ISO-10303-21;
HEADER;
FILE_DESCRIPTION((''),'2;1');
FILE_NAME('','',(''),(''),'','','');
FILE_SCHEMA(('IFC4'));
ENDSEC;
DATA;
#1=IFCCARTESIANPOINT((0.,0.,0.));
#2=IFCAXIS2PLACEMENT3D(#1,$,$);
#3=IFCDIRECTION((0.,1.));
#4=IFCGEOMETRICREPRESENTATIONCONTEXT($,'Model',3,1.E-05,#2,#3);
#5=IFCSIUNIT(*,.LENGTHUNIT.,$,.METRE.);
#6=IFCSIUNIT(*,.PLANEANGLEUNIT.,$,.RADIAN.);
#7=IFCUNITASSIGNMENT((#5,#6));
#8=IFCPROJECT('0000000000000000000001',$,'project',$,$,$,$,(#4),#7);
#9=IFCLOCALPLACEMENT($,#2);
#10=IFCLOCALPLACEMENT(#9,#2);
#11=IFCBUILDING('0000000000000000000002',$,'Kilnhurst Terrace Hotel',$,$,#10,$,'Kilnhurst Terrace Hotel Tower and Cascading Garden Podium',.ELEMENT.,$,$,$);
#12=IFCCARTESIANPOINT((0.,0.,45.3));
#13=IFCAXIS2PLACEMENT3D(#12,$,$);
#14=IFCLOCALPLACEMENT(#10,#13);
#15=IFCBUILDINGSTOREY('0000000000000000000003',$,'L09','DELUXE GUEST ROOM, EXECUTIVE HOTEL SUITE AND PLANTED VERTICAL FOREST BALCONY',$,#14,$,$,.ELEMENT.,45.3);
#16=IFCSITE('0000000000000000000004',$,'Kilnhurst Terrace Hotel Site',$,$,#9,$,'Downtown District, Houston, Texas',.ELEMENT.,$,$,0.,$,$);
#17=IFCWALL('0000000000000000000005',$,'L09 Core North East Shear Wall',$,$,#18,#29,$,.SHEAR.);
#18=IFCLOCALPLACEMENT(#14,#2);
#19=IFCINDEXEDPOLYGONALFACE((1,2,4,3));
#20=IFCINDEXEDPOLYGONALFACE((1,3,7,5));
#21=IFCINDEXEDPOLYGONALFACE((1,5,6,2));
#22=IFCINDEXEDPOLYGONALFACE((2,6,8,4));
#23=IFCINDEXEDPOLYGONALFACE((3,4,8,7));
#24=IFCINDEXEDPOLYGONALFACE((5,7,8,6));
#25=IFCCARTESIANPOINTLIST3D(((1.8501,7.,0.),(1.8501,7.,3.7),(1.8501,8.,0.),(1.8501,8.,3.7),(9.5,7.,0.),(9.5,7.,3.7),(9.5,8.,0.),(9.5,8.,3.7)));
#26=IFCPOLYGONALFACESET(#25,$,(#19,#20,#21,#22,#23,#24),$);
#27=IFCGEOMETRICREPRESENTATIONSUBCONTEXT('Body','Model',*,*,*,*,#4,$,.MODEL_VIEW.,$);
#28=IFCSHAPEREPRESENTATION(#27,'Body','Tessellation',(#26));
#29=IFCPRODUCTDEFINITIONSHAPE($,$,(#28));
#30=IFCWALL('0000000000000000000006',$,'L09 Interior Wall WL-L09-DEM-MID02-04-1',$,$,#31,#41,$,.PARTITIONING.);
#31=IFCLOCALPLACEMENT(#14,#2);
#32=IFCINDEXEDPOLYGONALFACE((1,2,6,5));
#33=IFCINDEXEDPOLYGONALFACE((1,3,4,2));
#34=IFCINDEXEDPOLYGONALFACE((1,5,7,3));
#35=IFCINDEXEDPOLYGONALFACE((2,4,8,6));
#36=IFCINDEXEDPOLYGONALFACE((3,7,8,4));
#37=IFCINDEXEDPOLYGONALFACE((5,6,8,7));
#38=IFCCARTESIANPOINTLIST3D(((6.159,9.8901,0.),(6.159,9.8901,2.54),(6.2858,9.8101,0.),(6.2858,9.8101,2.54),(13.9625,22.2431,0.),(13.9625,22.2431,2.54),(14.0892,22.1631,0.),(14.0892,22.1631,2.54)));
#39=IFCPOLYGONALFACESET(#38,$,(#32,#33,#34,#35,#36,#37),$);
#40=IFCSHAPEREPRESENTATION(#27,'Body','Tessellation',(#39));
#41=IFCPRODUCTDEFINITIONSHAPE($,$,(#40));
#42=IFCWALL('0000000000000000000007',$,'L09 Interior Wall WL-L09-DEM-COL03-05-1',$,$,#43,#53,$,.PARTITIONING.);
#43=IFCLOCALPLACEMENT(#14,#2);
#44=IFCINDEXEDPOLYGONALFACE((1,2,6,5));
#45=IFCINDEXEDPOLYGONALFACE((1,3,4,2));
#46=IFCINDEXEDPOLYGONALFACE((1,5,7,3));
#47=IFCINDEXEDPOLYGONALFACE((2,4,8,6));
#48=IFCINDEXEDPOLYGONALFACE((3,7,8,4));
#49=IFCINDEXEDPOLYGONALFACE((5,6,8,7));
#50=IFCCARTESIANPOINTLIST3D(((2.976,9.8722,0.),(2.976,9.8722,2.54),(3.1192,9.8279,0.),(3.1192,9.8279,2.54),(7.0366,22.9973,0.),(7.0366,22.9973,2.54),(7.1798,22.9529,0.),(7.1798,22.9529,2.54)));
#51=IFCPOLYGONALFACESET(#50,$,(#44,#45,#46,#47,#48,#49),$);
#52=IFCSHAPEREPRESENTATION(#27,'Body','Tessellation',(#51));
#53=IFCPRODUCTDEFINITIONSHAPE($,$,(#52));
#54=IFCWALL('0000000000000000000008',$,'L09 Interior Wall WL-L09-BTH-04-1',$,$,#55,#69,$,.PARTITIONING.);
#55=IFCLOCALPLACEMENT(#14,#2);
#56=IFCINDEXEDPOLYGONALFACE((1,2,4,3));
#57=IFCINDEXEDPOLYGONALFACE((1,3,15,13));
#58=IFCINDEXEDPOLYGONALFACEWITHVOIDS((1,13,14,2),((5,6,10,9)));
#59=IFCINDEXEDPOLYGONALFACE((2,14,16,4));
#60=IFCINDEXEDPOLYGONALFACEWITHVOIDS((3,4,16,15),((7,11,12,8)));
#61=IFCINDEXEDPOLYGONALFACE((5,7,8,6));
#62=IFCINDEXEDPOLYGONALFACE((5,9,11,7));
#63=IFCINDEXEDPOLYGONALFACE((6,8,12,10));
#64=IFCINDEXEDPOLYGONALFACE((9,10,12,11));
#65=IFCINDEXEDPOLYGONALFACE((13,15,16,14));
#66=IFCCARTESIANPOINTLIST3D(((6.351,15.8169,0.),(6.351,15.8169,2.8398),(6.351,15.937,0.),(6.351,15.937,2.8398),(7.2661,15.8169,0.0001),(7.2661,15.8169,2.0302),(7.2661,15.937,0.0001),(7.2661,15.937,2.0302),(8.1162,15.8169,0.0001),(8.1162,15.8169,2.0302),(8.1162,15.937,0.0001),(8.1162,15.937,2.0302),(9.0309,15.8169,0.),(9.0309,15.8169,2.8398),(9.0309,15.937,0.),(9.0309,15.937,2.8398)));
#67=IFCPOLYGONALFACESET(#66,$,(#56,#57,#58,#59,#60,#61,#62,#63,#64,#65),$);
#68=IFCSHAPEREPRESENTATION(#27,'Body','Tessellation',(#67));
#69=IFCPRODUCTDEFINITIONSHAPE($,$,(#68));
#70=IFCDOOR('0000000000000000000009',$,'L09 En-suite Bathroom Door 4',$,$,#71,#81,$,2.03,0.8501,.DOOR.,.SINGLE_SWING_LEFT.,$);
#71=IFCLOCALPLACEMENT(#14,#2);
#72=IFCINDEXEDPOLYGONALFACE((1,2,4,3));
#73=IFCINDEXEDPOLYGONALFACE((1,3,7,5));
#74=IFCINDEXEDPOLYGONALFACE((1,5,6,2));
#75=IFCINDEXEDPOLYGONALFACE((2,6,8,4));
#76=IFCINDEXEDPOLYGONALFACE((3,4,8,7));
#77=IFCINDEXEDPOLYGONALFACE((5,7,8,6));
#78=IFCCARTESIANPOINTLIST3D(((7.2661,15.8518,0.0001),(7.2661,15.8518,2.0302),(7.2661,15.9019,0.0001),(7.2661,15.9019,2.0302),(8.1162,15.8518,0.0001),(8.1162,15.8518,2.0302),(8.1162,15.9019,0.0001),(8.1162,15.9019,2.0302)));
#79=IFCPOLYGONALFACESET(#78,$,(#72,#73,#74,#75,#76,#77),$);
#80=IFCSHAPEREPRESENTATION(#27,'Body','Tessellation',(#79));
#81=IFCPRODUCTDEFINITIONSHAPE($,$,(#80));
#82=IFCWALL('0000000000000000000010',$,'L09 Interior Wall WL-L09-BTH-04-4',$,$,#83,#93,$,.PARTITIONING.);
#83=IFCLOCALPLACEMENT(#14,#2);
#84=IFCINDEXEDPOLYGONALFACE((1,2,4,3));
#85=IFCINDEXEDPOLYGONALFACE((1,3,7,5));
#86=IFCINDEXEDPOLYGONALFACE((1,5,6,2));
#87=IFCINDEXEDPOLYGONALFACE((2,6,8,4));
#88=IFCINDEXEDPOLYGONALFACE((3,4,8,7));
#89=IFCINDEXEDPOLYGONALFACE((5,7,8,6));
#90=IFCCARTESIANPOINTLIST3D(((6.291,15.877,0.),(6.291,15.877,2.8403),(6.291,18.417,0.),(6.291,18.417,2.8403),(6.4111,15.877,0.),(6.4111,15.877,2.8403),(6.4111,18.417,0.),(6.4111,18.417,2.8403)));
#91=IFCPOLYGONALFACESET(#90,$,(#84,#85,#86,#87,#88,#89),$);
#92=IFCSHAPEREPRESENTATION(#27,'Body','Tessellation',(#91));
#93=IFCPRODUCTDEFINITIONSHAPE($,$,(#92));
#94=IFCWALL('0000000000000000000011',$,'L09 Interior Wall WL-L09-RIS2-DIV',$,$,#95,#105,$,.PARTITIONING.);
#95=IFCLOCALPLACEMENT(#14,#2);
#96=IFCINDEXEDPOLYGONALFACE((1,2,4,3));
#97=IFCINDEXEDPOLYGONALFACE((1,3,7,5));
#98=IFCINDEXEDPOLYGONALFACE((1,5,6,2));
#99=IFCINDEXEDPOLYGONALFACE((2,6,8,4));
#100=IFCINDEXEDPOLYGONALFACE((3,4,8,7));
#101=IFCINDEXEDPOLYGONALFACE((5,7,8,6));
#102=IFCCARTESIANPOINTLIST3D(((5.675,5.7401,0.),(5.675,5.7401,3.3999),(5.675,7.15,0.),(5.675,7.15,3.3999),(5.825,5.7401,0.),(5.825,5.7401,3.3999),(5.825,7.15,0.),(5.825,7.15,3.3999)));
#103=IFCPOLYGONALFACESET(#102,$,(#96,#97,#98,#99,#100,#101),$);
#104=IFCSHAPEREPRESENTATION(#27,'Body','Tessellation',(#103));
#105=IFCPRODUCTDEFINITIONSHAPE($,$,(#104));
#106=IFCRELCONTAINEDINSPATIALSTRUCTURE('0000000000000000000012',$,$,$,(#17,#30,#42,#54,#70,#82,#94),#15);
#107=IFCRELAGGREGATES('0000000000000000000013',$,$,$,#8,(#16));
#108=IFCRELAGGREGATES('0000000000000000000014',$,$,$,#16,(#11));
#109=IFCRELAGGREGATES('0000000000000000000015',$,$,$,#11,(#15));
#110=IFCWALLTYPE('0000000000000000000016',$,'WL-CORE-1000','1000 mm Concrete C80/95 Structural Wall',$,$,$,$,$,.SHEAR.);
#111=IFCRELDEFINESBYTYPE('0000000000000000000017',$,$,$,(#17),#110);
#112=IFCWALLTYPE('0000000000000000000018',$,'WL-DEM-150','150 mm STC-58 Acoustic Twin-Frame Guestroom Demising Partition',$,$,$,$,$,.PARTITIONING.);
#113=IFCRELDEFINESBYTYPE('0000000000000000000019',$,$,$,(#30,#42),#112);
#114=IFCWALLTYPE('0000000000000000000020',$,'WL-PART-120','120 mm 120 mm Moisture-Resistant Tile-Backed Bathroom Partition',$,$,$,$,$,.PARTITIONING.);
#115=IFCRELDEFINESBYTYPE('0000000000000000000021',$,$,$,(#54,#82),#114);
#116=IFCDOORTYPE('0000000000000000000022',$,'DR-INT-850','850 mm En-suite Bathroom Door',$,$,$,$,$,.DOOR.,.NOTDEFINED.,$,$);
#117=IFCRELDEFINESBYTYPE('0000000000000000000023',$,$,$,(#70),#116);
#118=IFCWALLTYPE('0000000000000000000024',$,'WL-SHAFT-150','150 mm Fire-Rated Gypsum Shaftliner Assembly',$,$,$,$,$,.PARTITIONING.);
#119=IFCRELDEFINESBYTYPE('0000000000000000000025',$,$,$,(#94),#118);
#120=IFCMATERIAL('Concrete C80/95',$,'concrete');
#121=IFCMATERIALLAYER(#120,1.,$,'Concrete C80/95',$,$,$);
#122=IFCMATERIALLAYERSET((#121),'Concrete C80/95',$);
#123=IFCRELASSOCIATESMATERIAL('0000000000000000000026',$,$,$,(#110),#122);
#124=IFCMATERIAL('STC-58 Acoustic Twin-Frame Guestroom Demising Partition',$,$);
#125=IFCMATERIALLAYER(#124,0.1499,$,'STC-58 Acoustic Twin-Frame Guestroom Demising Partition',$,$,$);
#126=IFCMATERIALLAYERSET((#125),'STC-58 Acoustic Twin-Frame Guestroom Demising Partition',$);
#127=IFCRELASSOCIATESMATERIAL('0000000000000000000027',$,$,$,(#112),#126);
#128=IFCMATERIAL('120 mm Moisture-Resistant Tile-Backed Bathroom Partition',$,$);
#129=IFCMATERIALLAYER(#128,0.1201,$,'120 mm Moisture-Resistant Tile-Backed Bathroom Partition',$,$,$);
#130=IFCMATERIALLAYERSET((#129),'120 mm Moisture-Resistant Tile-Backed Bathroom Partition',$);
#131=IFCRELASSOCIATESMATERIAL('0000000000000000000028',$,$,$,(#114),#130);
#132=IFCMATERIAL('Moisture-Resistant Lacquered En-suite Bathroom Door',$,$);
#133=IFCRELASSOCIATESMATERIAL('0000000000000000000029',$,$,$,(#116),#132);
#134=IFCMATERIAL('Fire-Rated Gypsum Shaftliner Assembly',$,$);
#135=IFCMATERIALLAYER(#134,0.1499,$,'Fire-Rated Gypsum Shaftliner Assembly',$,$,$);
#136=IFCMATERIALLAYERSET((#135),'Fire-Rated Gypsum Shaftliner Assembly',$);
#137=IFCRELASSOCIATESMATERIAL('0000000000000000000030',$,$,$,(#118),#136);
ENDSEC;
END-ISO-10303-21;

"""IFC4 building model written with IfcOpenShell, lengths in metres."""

from ifc_helpers import new_model, si_unit, direction, frame, frame_2d, origin, place, context, subcontext, project, spatial, rectangle, extrude, material, layer, layer_set, type_object, element, fill, save


model = new_model("IFC4")

# Units and contexts
model_context = context("Model", 3, precision=1e-05, world=origin(), true_north=direction((0.0, 1.0)))
body_context = subcontext(model_context, "Body", "Model", "MODEL_VIEW")
ifc_project = project(units=[si_unit("LENGTHUNIT", "METRE"), si_unit("PLANEANGLEUNIT", "RADIAN")], contexts=[model_context])

# Site, building, storey
site_placement = place(None, origin())
site = spatial("IfcSite", under=ifc_project, at=site_placement, Name="Kilnhurst Terrace Hotel Site", LongName="Downtown District, Houston, Texas", CompositionType="ELEMENT", RefElevation=0.0)
building_placement = place(site_placement, origin())
building = spatial("IfcBuilding", under=site, at=building_placement, Name="Kilnhurst Terrace Hotel", LongName="Kilnhurst Terrace Hotel Tower and Cascading Garden Podium", CompositionType="ELEMENT")
storey_placement = place(building_placement, frame((0.0, 0.0, 45.3)))
storey = spatial("IfcBuildingStorey", under=building, at=storey_placement, Name="L09", Description="DELUXE GUEST ROOM, EXECUTIVE HOTEL SUITE AND PLANTED VERTICAL FOREST BALCONY", CompositionType="ELEMENT", Elevation=45.3)

# Shared definitions
ifc_material_1 = material(Name="Concrete C80/95", Category="concrete")

# Walls
ifc_layer_1 = layer(ifc_material_1, 1.0, Name="Concrete C80/95")
ifc_layer_set_1 = layer_set([ifc_layer_1], Name="Concrete C80/95")
wall_type_1 = type_object("IfcWallType", Name="WL-CORE-1000", Description="1000 mm Concrete C80/95 Structural Wall", PredefinedType="SHEAR", material=ifc_layer_set_1)
wall_1_placement = place(storey_placement, frame((1.8501, 7.5, 0.0), z_axis=(0.0, 0.0, 1.0), x_axis=(1.0, 0.0, 0.0)))
element("IfcWall", 1, at=wall_1_placement, inside=storey, type_object=wall_type_1, Name="L09 Core North East Shear Wall", PredefinedType="SHEAR", context=body_context, shape_type="SweptSolid", body=[
    extrude(rectangle(XDim=7.6499, YDim=1.0, at=frame_2d((3.825, 0.0))), origin(), (0.0, 0.0, 1.0), 3.7),
])
ifc_material_2 = material(Name="STC-58 Acoustic Twin-Frame Guestroom Demising Partition")
ifc_layer_2 = layer(ifc_material_2, 0.1499, Name="STC-58 Acoustic Twin-Frame Guestroom Demising Partition")
ifc_layer_set_2 = layer_set([ifc_layer_2], Name="STC-58 Acoustic Twin-Frame Guestroom Demising Partition")
wall_type_2 = type_object("IfcWallType", Name="WL-DEM-150", Description="150 mm STC-58 Acoustic Twin-Frame Guestroom Demising Partition", PredefinedType="PARTITIONING", material=ifc_layer_set_2)
wall_2_placement = place(storey_placement, frame((6.2224, 9.8501, 0.0), z_axis=(0.0, 0.0, 1.0), x_axis=(0.534069, 0.845441, 0.0)))
element("IfcWall", 2, at=wall_2_placement, inside=storey, type_object=wall_type_2, Name="L09 Interior Wall WL-L09-DEM-MID02-04-1", PredefinedType="PARTITIONING", context=body_context, shape_type="SweptSolid", body=[
    extrude(rectangle(XDim=14.6113, YDim=0.1499, at=frame_2d((7.3057, 0.0))), origin(), (0.0, 0.0, 1.0), 2.54),
])
wall_3_placement = place(storey_placement, frame((3.0476, 9.8501, 0.0), z_axis=(0.0, 0.0, 1.0), x_axis=(0.295554, 0.955326, 0.0)))
element("IfcWall", 3, at=wall_3_placement, inside=storey, type_object=wall_type_2, Name="L09 Interior Wall WL-L09-DEM-COL03-05-1", PredefinedType="PARTITIONING", context=body_context, shape_type="SweptSolid", body=[
    extrude(rectangle(XDim=13.7388, YDim=0.1499, at=frame_2d((6.8694, 0.0))), origin(), (0.0, 0.0, 1.0), 2.54),
])

# Wall, opening, door
ifc_material_3 = material(Name="120 mm Moisture-Resistant Tile-Backed Bathroom Partition")
ifc_layer_3 = layer(ifc_material_3, 0.1201, Name="120 mm Moisture-Resistant Tile-Backed Bathroom Partition")
ifc_layer_set_3 = layer_set([ifc_layer_3], Name="120 mm Moisture-Resistant Tile-Backed Bathroom Partition")
wall_type_3 = type_object("IfcWallType", Name="WL-PART-120", Description="120 mm 120 mm Moisture-Resistant Tile-Backed Bathroom Partition", PredefinedType="PARTITIONING", material=ifc_layer_set_3)
wall_4_placement = place(storey_placement, frame((6.3511, 15.877, 0.0), z_axis=(0.0, 0.0, 1.0), x_axis=(1.0, 0.0, 0.0)))
wall_4 = element("IfcWall", 4, at=wall_4_placement, inside=storey, type_object=wall_type_3, Name="L09 Interior Wall WL-L09-BTH-04-1", PredefinedType="PARTITIONING", context=body_context, shape_type="SweptSolid", body=[
    extrude(rectangle(XDim=2.6799, YDim=0.1201, at=frame_2d((1.3398, 0.0))), origin(), (0.0, 0.0, 1.0), 2.8398),
])
opening_placement = place(wall_4_placement, frame((0.915, 0.0, 0.0)))
opening = element("IfcOpeningElement", 5, at=opening_placement, cuts=wall_4, PredefinedType="OPENING", context=body_context, shape_type="SweptSolid", body=[
    extrude(rectangle(XDim=0.8501, YDim=2.03, at=frame_2d((0.425, 1.0151))), frame((0.0, 0.0701, 0.0), z_axis=(0.0, -1.0, 0.0), x_axis=(1.0, 0.0, 0.0)), (0.0, 0.0, 1.0), 0.1401),
])
ifc_material_4 = material(Name="Moisture-Resistant Lacquered En-suite Bathroom Door")
door_type = type_object("IfcDoorType", Name="DR-INT-850", Description="850 mm En-suite Bathroom Door", OperationType="NOTDEFINED", PredefinedType="DOOR", material=ifc_material_4)
door_placement = place(opening_placement, origin())
door = element("IfcDoor", 6, at=door_placement, inside=storey, type_object=door_type, Name="L09 En-suite Bathroom Door 4", OperationType="SINGLE_SWING_LEFT", OverallHeight=2.03, OverallWidth=0.8501, PredefinedType="DOOR", context=body_context, shape_type="SweptSolid", body=[
    extrude(rectangle(XDim=0.8501, YDim=2.03, at=frame_2d((0.425, 1.0151))), frame((0.0, 0.0249, 0.0), z_axis=(0.0, -1.0, 0.0), x_axis=(1.0, 0.0, 0.0)), (0.0, 0.0, 1.0), 0.05),
])
fill(opening, door)

# Walls
wall_5_placement = place(storey_placement, frame((6.3511, 18.417, 0.0), z_axis=(0.0, 0.0, 1.0), x_axis=(0.0, -1.0, 0.0)))
element("IfcWall", 7, at=wall_5_placement, inside=storey, type_object=wall_type_3, Name="L09 Interior Wall WL-L09-BTH-04-4", PredefinedType="PARTITIONING", context=body_context, shape_type="SweptSolid", body=[
    extrude(rectangle(XDim=2.54, YDim=0.1201, at=frame_2d((1.27, 0.0))), origin(), (0.0, 0.0, 1.0), 2.8403),
])
ifc_material_5 = material(Name="Fire-Rated Gypsum Shaftliner Assembly")
ifc_layer_4 = layer(ifc_material_5, 0.1499, Name="Fire-Rated Gypsum Shaftliner Assembly")
ifc_layer_set_4 = layer_set([ifc_layer_4], Name="Fire-Rated Gypsum Shaftliner Assembly")
wall_type_4 = type_object("IfcWallType", Name="WL-SHAFT-150", Description="150 mm Fire-Rated Gypsum Shaftliner Assembly", PredefinedType="PARTITIONING", material=ifc_layer_set_4)
wall_6_placement = place(storey_placement, frame((5.75, 5.74, 0.0), z_axis=(0.0, 0.0, 1.0), x_axis=(0.0, 1.0, 0.0)))
element("IfcWall", 8, at=wall_6_placement, inside=storey, type_object=wall_type_4, Name="L09 Interior Wall WL-L09-RIS2-DIV", PredefinedType="PARTITIONING", context=body_context, shape_type="SweptSolid", body=[
    extrude(rectangle(XDim=1.4099, YDim=0.1499, at=frame_2d((0.7051, 0.0))), origin(), (0.0, 0.0, 1.0), 3.3999),
])

save(model, "model.ifc")
